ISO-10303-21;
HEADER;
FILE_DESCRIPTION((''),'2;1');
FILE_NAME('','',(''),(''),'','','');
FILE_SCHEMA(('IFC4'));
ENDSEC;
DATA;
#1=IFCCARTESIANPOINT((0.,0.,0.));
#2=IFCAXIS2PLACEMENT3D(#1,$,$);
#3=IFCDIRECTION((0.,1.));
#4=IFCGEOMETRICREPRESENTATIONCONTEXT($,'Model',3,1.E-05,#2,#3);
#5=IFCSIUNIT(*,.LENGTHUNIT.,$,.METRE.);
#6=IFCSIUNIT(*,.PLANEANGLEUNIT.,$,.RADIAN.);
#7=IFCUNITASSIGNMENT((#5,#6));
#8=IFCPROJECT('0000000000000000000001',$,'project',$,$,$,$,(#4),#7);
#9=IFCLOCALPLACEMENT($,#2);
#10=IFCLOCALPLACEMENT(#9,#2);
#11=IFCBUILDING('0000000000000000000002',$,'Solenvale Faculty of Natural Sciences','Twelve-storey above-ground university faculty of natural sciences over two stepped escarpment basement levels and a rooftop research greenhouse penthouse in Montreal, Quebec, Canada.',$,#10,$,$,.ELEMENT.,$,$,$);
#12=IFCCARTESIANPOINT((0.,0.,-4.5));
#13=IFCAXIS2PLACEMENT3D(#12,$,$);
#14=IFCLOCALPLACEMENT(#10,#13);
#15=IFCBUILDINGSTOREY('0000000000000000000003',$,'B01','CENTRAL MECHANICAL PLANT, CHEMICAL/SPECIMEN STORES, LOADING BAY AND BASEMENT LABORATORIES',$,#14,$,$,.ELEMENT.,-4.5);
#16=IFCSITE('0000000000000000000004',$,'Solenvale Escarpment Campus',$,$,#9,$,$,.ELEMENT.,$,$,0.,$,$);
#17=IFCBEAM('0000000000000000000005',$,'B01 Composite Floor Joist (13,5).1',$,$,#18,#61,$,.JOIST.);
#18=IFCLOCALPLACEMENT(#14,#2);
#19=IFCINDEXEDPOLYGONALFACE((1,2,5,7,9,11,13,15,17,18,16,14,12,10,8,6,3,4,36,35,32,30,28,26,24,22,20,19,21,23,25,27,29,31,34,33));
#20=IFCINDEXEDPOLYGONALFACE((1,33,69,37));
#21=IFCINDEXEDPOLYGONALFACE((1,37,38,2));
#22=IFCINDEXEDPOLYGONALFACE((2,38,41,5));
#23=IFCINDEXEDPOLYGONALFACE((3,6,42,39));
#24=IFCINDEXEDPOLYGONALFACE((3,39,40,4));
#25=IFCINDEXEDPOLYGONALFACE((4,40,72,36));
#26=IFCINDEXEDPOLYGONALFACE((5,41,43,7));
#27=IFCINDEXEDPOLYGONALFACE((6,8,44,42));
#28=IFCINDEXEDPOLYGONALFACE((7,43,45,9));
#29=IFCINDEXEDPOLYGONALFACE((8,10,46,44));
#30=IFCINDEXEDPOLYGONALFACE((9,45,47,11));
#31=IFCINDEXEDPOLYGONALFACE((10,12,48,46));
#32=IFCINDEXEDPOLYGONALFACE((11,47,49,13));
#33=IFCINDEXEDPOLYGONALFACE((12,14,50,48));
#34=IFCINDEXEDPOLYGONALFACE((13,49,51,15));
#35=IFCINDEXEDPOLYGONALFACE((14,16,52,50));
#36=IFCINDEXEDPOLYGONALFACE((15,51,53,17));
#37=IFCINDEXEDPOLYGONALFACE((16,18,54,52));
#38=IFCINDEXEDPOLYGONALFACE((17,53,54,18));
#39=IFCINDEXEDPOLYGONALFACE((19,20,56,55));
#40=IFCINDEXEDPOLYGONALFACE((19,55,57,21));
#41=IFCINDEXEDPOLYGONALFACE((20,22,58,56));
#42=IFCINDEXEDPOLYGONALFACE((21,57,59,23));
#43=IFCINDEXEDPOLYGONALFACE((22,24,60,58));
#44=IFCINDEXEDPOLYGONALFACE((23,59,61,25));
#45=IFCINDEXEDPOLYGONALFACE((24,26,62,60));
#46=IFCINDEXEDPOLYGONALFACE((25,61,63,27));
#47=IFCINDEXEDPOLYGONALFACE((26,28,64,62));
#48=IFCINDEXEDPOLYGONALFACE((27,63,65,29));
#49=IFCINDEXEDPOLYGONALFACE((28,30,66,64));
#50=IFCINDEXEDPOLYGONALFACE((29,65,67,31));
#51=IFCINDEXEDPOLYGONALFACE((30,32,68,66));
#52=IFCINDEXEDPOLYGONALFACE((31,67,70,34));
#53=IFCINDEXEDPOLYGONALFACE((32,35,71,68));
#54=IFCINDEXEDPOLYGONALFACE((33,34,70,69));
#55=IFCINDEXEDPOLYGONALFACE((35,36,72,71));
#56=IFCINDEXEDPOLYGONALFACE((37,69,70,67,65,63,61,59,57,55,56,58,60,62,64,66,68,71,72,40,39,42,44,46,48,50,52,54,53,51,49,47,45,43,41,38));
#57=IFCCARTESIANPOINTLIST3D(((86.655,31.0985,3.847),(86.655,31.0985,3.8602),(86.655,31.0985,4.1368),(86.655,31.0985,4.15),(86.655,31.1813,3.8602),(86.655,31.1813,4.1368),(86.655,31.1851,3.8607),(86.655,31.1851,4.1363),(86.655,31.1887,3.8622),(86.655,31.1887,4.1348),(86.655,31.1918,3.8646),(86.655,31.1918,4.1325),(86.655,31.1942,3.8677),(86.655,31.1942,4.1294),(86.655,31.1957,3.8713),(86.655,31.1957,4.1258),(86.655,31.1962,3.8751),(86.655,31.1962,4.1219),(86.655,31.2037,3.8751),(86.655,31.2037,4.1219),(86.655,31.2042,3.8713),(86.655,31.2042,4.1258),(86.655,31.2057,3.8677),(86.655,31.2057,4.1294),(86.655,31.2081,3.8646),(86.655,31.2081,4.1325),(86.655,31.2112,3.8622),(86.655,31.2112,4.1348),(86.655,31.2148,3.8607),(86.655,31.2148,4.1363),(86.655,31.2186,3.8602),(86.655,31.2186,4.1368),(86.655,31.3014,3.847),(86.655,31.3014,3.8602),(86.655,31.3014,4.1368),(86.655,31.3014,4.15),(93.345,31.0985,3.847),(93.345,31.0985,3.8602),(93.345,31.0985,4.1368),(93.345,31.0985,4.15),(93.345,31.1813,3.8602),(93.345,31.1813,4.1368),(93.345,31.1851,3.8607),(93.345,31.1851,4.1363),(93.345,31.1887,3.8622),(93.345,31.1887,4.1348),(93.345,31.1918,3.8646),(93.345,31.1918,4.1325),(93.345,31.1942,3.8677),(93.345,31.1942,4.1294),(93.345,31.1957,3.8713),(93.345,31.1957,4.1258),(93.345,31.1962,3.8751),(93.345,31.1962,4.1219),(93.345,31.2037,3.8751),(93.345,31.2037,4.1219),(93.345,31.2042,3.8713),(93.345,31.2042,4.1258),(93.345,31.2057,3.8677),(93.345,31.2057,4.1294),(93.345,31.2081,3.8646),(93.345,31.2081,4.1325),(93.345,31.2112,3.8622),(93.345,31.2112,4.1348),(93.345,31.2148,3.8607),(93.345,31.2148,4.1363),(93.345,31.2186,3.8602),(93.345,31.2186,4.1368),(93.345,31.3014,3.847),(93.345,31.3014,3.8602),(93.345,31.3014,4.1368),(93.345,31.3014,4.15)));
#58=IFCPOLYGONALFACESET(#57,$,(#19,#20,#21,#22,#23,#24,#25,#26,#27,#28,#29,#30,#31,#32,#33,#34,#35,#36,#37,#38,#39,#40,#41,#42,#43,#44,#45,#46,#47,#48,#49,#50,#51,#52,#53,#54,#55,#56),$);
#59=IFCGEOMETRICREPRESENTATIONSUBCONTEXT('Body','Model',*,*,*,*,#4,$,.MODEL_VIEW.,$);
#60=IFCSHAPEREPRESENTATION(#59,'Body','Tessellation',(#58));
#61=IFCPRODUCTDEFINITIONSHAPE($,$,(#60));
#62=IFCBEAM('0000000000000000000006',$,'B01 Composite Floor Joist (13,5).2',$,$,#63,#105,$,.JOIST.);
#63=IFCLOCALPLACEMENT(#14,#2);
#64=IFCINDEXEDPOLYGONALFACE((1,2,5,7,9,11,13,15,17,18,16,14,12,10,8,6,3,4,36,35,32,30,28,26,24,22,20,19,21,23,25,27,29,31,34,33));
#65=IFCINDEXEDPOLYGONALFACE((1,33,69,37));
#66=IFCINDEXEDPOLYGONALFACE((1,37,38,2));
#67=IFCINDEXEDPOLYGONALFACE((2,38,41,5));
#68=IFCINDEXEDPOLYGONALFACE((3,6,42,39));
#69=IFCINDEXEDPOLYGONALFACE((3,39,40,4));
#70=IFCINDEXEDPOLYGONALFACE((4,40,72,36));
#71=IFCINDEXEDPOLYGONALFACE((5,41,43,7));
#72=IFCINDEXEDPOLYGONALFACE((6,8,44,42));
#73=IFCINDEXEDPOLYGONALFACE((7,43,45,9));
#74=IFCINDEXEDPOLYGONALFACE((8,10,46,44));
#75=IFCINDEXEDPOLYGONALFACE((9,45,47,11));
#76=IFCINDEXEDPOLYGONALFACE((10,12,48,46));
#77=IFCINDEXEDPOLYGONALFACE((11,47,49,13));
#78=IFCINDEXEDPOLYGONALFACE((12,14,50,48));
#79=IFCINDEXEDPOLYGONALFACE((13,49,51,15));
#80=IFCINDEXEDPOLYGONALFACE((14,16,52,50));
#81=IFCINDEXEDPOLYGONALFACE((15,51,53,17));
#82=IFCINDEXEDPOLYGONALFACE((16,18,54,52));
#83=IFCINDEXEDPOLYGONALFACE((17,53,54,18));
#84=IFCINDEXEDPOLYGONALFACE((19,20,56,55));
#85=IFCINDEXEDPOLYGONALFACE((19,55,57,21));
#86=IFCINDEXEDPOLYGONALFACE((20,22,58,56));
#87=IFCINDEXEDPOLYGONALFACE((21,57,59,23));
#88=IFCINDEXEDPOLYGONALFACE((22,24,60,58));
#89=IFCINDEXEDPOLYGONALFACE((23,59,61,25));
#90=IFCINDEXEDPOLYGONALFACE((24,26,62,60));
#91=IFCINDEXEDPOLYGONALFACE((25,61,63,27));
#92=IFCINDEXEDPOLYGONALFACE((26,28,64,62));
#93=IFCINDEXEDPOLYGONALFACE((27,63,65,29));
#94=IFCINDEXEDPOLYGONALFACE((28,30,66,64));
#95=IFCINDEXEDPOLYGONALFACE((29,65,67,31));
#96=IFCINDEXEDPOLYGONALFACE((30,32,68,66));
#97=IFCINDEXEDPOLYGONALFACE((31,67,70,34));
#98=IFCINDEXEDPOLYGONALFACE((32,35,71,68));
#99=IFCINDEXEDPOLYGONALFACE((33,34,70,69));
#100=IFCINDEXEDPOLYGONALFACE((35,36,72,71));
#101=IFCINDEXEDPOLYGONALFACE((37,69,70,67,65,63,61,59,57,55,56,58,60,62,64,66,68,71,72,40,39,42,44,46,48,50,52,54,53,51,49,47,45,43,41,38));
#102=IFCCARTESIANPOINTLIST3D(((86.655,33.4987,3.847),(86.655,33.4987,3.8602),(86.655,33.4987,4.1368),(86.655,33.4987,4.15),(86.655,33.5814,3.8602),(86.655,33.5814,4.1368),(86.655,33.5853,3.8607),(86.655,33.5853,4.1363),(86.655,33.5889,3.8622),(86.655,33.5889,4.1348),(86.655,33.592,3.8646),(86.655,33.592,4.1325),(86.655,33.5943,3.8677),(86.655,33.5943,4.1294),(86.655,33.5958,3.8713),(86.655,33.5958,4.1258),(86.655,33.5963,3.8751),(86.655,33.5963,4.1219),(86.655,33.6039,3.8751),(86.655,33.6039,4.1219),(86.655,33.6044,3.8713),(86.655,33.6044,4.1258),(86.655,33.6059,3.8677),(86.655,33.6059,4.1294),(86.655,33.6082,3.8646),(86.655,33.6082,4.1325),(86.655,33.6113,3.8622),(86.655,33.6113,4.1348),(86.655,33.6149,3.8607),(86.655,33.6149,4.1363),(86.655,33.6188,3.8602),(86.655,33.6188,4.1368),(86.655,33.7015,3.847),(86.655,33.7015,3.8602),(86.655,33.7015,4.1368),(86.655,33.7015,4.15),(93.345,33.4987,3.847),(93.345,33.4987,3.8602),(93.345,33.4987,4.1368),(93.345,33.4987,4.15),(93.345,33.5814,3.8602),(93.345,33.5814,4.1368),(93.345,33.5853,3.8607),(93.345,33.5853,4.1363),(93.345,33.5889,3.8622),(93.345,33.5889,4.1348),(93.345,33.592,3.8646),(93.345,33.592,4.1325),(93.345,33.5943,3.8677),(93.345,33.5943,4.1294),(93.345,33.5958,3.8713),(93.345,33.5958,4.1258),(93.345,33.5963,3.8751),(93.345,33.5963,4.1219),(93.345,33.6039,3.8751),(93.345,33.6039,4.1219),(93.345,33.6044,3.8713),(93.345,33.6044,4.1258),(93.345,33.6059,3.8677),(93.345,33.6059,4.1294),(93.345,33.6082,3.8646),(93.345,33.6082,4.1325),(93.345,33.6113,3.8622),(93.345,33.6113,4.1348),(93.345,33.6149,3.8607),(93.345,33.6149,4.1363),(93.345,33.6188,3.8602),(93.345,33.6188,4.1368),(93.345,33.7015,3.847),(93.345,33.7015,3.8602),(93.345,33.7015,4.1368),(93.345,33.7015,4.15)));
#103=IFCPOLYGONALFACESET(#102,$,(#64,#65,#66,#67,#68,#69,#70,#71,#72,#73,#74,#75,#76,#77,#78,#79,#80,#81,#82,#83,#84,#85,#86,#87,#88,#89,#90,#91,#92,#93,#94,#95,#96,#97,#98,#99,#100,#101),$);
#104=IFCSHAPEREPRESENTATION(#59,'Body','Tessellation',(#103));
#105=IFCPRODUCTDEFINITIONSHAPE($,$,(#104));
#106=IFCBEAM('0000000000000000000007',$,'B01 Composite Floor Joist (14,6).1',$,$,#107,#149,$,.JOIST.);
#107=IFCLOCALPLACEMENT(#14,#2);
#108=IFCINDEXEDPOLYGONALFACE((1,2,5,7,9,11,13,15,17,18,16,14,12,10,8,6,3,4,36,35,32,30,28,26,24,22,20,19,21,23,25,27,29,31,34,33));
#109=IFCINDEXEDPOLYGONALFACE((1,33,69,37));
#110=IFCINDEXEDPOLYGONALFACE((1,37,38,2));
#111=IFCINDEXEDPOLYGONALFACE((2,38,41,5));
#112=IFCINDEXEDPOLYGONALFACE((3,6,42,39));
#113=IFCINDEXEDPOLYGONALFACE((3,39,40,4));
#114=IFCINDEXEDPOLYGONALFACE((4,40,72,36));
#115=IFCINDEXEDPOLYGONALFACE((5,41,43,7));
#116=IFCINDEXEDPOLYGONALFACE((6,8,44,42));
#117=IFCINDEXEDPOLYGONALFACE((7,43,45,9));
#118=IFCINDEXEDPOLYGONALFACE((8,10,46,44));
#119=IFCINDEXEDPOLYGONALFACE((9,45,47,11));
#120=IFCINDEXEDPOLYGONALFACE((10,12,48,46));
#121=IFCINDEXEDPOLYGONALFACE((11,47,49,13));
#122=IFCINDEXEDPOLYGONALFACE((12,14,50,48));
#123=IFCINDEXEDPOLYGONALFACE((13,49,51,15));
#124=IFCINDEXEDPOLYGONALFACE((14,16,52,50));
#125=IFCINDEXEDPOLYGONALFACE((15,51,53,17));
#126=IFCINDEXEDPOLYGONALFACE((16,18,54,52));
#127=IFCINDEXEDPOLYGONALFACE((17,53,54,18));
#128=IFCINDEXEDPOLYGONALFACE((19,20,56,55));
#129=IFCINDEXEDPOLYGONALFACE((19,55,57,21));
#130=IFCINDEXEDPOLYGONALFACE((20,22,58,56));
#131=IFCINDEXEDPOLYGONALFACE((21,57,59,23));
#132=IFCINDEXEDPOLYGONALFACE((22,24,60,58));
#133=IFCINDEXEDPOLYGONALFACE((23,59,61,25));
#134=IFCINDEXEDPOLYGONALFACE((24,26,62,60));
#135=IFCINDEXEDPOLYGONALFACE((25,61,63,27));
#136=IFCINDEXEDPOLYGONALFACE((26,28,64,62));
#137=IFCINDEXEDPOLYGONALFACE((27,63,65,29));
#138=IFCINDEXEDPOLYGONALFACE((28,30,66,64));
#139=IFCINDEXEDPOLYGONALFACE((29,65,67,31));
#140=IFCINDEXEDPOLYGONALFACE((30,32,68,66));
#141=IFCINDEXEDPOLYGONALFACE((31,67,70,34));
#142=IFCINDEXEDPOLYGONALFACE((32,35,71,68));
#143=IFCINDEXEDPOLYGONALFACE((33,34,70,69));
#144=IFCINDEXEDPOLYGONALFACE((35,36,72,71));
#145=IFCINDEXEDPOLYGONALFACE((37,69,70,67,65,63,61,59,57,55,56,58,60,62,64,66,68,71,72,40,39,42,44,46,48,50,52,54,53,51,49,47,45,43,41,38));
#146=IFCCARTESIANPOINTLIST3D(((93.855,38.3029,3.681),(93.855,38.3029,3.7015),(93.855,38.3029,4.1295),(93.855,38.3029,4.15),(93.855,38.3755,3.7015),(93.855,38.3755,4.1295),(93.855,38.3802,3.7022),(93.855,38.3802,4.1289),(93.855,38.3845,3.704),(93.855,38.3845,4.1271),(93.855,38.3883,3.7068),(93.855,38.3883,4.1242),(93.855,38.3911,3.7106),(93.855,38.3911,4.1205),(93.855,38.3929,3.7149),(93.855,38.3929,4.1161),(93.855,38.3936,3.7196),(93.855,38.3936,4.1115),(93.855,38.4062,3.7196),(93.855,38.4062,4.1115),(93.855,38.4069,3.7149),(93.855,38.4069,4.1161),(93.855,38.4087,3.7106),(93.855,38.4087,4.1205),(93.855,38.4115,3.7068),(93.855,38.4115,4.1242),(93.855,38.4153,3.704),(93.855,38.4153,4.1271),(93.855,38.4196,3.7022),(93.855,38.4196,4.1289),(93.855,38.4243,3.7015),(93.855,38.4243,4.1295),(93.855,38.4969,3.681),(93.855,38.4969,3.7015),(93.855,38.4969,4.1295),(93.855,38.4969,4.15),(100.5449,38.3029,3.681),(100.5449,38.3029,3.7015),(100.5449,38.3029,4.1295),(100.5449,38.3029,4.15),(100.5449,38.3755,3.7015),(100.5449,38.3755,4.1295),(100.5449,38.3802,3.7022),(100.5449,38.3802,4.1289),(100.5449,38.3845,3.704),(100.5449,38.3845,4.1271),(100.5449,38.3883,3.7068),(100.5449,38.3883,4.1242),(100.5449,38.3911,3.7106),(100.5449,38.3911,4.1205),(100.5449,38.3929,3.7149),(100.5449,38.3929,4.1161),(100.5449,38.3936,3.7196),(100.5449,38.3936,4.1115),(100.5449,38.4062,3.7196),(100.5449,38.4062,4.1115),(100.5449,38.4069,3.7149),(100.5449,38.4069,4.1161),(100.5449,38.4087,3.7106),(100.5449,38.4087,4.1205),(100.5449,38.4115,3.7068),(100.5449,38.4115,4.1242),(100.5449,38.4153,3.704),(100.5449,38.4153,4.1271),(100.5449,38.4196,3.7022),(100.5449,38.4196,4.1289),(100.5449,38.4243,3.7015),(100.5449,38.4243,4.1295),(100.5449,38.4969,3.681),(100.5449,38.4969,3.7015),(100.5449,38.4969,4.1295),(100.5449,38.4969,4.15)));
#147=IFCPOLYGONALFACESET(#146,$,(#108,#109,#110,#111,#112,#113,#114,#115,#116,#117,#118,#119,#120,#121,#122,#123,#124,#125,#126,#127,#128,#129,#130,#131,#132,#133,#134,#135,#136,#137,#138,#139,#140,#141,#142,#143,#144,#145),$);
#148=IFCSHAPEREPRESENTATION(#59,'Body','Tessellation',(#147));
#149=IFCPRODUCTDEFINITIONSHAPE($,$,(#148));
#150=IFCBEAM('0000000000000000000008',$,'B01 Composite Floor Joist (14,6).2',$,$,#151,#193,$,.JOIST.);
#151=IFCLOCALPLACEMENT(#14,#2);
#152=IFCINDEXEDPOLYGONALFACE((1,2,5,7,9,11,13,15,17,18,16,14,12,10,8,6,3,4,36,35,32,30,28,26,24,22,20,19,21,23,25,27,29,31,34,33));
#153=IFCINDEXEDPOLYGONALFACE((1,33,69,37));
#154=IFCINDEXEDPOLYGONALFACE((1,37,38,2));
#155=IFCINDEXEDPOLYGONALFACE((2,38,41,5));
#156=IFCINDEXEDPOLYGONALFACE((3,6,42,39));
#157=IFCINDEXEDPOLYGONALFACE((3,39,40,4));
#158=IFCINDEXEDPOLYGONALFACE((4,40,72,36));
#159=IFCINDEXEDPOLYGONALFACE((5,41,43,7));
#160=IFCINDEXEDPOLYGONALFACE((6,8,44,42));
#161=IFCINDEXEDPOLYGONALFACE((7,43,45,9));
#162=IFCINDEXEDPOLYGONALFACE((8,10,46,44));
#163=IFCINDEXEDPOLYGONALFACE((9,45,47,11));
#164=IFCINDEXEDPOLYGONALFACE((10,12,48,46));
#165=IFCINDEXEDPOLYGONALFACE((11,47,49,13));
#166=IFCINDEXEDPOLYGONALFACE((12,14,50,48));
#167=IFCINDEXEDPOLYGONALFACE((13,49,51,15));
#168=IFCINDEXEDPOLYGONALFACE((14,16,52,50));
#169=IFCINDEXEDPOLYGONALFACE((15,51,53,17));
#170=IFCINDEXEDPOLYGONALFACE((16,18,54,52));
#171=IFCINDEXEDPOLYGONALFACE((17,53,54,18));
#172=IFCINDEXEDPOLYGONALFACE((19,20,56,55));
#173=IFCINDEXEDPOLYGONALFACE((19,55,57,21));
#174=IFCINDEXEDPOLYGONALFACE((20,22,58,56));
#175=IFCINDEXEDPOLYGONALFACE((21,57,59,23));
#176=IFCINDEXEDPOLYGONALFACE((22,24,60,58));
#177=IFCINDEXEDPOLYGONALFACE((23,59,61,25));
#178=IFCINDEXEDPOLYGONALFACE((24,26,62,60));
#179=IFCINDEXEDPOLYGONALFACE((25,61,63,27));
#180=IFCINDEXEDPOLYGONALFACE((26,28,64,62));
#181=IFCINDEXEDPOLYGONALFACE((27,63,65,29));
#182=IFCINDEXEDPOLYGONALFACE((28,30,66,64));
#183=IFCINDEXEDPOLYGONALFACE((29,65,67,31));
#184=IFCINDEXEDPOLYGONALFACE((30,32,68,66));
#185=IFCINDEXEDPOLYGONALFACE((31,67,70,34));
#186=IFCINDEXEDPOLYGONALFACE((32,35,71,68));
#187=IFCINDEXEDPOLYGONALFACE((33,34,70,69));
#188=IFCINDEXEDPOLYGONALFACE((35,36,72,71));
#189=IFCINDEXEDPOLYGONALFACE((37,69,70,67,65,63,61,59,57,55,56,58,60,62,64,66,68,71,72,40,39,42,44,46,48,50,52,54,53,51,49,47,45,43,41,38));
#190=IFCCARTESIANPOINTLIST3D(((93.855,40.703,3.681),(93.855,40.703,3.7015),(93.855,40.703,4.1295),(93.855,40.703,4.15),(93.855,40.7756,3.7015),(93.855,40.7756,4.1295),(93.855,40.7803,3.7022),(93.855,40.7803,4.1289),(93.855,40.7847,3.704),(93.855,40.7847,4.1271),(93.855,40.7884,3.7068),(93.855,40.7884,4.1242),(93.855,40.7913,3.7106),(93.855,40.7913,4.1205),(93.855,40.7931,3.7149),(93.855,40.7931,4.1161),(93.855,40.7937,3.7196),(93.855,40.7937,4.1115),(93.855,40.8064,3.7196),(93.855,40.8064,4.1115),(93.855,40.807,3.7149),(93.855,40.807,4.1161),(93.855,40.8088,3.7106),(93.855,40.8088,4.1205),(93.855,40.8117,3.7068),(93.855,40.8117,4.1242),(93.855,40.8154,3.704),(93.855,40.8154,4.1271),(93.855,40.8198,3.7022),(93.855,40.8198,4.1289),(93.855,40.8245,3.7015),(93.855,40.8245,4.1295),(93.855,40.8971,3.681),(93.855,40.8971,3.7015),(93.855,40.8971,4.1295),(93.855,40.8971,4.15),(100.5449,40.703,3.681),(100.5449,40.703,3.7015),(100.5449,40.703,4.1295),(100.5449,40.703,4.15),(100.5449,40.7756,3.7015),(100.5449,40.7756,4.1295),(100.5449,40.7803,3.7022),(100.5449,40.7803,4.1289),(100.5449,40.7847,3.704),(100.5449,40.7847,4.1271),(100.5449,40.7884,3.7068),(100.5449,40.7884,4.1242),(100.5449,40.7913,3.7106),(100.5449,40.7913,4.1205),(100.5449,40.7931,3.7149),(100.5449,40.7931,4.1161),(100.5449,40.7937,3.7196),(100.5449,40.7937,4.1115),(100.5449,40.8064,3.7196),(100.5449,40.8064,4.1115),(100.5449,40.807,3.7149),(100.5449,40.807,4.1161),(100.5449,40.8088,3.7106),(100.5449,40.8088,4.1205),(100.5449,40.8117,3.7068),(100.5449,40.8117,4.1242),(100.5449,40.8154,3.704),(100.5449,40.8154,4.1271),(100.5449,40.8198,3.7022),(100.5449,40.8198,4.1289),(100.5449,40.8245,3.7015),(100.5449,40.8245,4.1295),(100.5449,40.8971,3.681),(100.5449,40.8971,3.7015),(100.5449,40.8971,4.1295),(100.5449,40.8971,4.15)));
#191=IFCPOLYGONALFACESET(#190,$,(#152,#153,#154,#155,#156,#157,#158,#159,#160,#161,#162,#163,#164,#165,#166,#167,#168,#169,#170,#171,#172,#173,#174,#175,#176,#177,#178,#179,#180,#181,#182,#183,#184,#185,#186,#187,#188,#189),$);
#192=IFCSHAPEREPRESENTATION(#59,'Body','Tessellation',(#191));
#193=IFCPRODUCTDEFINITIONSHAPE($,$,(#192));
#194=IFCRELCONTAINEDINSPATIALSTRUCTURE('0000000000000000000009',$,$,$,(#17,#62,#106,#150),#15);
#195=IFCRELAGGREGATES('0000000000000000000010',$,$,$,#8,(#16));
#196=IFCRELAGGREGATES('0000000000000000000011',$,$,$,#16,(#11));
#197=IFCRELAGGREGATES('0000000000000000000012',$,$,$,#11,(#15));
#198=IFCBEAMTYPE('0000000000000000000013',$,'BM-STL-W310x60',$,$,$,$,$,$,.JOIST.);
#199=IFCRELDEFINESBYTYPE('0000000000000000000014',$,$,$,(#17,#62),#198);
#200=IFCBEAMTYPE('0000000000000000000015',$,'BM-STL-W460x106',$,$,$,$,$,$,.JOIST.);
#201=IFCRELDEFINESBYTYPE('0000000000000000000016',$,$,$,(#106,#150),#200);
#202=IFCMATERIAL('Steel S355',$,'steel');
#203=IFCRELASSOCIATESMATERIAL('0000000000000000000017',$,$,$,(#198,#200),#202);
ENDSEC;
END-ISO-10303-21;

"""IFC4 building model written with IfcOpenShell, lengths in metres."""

from ifc_helpers import new_model, si_unit, direction, frame, origin, origin_2d, place, context, subcontext, project, spatial, i_section, extrude, material, material_profile, profile_set, type_object, element, save


model = new_model("IFC4")

# Units and contexts
model_context = context("Model", 3, precision=1e-05, world=origin(), true_north=direction((0.0, 1.0)))
body_context = subcontext(model_context, "Body", "Model", "MODEL_VIEW")
ifc_project = project(units=[si_unit("LENGTHUNIT", "METRE"), si_unit("PLANEANGLEUNIT", "RADIAN")], contexts=[model_context])

# Site, building, storey
site_placement = place(None, origin())
site = spatial("IfcSite", under=ifc_project, at=site_placement, Name="Solenvale Escarpment Campus", CompositionType="ELEMENT", RefElevation=0.0)
building_placement = place(site_placement, origin())
building = spatial("IfcBuilding", under=site, at=building_placement, Name="Solenvale Faculty of Natural Sciences", Description="Twelve-storey above-ground university faculty of natural sciences over two stepped escarpment basement levels and a rooftop research greenhouse penthouse in Montreal, Quebec, Canada.", CompositionType="ELEMENT")
storey_placement = place(building_placement, frame((0.0, 0.0, -4.5)))
storey = spatial("IfcBuildingStorey", under=building, at=storey_placement, Name="B01", Description="CENTRAL MECHANICAL PLANT, CHEMICAL/SPECIMEN STORES, LOADING BAY AND BASEMENT LABORATORIES", CompositionType="ELEMENT", Elevation=-4.5)

# Beams
ifc_material_1 = material(Name="Steel S355", Category="steel")
ifc_material_profile_1 = material_profile(ifc_material_1, i_section(OverallWidth=0.2029, OverallDepth=0.303, WebThickness=0.0076, FlangeThickness=0.0132, FilletRadius=0.0149, at=origin_2d()), Name="W310x60")
ifc_profile_set_1 = profile_set([ifc_material_profile_1], Name="Steel S355")
beam_type_1 = type_object("IfcBeamType", Name="BM-STL-W310x60", PredefinedType="JOIST", material=ifc_profile_set_1)
for number, where, z_axis, x_axis, name in (
    (1, (86.655, 31.2, 3.9985), (1.0, 0.0, 0.0), (0.0, 1.0, 0.0), "B01 Composite Floor Joist (13,5).1"),
    (2, (86.655, 33.6001, 3.9985), (1.0, 0.0, 0.0), (0.0, 1.0, 0.0), "B01 Composite Floor Joist (13,5).2"),
):
    element("IfcBeam", number, at=place(storey_placement, frame(where, z_axis=z_axis, x_axis=x_axis)), inside=storey, type_object=beam_type_1, Name=name, PredefinedType="JOIST", context=body_context, shape_type="SweptSolid", body=[
        extrude(i_section(OverallWidth=0.2029, OverallDepth=0.303, WebThickness=0.0076, FlangeThickness=0.0132, FilletRadius=0.0149, at=origin_2d()), origin(), (0.0, 0.0, 1.0), 6.6899),
    ])
ifc_material_profile_2 = material_profile(ifc_material_1, i_section(OverallWidth=0.1941, OverallDepth=0.469, WebThickness=0.0127, FlangeThickness=0.0205, FilletRadius=0.0181, at=origin_2d()), Name="W460x106")
ifc_profile_set_2 = profile_set([ifc_material_profile_2], Name="Steel S355")
beam_type_2 = type_object("IfcBeamType", Name="BM-STL-W460x106", PredefinedType="JOIST", material=ifc_profile_set_2)
for number, where, z_axis, x_axis, name in (
    (3, (93.855, 38.3999, 3.9155), (1.0, 0.0, 0.0), (0.0, 1.0, 0.0), "B01 Composite Floor Joist (14,6).1"),
    (4, (93.855, 40.8, 3.9155), (1.0, 0.0, 0.0), (0.0, 1.0, 0.0), "B01 Composite Floor Joist (14,6).2"),
):
    element("IfcBeam", number, at=place(storey_placement, frame(where, z_axis=z_axis, x_axis=x_axis)), inside=storey, type_object=beam_type_2, Name=name, PredefinedType="JOIST", context=body_context, shape_type="SweptSolid", body=[
        extrude(i_section(OverallWidth=0.1941, OverallDepth=0.469, WebThickness=0.0127, FlangeThickness=0.0205, FilletRadius=0.0181, at=origin_2d()), origin(), (0.0, 0.0, 1.0), 6.6899),
    ])

save(model, "model.ifc")
